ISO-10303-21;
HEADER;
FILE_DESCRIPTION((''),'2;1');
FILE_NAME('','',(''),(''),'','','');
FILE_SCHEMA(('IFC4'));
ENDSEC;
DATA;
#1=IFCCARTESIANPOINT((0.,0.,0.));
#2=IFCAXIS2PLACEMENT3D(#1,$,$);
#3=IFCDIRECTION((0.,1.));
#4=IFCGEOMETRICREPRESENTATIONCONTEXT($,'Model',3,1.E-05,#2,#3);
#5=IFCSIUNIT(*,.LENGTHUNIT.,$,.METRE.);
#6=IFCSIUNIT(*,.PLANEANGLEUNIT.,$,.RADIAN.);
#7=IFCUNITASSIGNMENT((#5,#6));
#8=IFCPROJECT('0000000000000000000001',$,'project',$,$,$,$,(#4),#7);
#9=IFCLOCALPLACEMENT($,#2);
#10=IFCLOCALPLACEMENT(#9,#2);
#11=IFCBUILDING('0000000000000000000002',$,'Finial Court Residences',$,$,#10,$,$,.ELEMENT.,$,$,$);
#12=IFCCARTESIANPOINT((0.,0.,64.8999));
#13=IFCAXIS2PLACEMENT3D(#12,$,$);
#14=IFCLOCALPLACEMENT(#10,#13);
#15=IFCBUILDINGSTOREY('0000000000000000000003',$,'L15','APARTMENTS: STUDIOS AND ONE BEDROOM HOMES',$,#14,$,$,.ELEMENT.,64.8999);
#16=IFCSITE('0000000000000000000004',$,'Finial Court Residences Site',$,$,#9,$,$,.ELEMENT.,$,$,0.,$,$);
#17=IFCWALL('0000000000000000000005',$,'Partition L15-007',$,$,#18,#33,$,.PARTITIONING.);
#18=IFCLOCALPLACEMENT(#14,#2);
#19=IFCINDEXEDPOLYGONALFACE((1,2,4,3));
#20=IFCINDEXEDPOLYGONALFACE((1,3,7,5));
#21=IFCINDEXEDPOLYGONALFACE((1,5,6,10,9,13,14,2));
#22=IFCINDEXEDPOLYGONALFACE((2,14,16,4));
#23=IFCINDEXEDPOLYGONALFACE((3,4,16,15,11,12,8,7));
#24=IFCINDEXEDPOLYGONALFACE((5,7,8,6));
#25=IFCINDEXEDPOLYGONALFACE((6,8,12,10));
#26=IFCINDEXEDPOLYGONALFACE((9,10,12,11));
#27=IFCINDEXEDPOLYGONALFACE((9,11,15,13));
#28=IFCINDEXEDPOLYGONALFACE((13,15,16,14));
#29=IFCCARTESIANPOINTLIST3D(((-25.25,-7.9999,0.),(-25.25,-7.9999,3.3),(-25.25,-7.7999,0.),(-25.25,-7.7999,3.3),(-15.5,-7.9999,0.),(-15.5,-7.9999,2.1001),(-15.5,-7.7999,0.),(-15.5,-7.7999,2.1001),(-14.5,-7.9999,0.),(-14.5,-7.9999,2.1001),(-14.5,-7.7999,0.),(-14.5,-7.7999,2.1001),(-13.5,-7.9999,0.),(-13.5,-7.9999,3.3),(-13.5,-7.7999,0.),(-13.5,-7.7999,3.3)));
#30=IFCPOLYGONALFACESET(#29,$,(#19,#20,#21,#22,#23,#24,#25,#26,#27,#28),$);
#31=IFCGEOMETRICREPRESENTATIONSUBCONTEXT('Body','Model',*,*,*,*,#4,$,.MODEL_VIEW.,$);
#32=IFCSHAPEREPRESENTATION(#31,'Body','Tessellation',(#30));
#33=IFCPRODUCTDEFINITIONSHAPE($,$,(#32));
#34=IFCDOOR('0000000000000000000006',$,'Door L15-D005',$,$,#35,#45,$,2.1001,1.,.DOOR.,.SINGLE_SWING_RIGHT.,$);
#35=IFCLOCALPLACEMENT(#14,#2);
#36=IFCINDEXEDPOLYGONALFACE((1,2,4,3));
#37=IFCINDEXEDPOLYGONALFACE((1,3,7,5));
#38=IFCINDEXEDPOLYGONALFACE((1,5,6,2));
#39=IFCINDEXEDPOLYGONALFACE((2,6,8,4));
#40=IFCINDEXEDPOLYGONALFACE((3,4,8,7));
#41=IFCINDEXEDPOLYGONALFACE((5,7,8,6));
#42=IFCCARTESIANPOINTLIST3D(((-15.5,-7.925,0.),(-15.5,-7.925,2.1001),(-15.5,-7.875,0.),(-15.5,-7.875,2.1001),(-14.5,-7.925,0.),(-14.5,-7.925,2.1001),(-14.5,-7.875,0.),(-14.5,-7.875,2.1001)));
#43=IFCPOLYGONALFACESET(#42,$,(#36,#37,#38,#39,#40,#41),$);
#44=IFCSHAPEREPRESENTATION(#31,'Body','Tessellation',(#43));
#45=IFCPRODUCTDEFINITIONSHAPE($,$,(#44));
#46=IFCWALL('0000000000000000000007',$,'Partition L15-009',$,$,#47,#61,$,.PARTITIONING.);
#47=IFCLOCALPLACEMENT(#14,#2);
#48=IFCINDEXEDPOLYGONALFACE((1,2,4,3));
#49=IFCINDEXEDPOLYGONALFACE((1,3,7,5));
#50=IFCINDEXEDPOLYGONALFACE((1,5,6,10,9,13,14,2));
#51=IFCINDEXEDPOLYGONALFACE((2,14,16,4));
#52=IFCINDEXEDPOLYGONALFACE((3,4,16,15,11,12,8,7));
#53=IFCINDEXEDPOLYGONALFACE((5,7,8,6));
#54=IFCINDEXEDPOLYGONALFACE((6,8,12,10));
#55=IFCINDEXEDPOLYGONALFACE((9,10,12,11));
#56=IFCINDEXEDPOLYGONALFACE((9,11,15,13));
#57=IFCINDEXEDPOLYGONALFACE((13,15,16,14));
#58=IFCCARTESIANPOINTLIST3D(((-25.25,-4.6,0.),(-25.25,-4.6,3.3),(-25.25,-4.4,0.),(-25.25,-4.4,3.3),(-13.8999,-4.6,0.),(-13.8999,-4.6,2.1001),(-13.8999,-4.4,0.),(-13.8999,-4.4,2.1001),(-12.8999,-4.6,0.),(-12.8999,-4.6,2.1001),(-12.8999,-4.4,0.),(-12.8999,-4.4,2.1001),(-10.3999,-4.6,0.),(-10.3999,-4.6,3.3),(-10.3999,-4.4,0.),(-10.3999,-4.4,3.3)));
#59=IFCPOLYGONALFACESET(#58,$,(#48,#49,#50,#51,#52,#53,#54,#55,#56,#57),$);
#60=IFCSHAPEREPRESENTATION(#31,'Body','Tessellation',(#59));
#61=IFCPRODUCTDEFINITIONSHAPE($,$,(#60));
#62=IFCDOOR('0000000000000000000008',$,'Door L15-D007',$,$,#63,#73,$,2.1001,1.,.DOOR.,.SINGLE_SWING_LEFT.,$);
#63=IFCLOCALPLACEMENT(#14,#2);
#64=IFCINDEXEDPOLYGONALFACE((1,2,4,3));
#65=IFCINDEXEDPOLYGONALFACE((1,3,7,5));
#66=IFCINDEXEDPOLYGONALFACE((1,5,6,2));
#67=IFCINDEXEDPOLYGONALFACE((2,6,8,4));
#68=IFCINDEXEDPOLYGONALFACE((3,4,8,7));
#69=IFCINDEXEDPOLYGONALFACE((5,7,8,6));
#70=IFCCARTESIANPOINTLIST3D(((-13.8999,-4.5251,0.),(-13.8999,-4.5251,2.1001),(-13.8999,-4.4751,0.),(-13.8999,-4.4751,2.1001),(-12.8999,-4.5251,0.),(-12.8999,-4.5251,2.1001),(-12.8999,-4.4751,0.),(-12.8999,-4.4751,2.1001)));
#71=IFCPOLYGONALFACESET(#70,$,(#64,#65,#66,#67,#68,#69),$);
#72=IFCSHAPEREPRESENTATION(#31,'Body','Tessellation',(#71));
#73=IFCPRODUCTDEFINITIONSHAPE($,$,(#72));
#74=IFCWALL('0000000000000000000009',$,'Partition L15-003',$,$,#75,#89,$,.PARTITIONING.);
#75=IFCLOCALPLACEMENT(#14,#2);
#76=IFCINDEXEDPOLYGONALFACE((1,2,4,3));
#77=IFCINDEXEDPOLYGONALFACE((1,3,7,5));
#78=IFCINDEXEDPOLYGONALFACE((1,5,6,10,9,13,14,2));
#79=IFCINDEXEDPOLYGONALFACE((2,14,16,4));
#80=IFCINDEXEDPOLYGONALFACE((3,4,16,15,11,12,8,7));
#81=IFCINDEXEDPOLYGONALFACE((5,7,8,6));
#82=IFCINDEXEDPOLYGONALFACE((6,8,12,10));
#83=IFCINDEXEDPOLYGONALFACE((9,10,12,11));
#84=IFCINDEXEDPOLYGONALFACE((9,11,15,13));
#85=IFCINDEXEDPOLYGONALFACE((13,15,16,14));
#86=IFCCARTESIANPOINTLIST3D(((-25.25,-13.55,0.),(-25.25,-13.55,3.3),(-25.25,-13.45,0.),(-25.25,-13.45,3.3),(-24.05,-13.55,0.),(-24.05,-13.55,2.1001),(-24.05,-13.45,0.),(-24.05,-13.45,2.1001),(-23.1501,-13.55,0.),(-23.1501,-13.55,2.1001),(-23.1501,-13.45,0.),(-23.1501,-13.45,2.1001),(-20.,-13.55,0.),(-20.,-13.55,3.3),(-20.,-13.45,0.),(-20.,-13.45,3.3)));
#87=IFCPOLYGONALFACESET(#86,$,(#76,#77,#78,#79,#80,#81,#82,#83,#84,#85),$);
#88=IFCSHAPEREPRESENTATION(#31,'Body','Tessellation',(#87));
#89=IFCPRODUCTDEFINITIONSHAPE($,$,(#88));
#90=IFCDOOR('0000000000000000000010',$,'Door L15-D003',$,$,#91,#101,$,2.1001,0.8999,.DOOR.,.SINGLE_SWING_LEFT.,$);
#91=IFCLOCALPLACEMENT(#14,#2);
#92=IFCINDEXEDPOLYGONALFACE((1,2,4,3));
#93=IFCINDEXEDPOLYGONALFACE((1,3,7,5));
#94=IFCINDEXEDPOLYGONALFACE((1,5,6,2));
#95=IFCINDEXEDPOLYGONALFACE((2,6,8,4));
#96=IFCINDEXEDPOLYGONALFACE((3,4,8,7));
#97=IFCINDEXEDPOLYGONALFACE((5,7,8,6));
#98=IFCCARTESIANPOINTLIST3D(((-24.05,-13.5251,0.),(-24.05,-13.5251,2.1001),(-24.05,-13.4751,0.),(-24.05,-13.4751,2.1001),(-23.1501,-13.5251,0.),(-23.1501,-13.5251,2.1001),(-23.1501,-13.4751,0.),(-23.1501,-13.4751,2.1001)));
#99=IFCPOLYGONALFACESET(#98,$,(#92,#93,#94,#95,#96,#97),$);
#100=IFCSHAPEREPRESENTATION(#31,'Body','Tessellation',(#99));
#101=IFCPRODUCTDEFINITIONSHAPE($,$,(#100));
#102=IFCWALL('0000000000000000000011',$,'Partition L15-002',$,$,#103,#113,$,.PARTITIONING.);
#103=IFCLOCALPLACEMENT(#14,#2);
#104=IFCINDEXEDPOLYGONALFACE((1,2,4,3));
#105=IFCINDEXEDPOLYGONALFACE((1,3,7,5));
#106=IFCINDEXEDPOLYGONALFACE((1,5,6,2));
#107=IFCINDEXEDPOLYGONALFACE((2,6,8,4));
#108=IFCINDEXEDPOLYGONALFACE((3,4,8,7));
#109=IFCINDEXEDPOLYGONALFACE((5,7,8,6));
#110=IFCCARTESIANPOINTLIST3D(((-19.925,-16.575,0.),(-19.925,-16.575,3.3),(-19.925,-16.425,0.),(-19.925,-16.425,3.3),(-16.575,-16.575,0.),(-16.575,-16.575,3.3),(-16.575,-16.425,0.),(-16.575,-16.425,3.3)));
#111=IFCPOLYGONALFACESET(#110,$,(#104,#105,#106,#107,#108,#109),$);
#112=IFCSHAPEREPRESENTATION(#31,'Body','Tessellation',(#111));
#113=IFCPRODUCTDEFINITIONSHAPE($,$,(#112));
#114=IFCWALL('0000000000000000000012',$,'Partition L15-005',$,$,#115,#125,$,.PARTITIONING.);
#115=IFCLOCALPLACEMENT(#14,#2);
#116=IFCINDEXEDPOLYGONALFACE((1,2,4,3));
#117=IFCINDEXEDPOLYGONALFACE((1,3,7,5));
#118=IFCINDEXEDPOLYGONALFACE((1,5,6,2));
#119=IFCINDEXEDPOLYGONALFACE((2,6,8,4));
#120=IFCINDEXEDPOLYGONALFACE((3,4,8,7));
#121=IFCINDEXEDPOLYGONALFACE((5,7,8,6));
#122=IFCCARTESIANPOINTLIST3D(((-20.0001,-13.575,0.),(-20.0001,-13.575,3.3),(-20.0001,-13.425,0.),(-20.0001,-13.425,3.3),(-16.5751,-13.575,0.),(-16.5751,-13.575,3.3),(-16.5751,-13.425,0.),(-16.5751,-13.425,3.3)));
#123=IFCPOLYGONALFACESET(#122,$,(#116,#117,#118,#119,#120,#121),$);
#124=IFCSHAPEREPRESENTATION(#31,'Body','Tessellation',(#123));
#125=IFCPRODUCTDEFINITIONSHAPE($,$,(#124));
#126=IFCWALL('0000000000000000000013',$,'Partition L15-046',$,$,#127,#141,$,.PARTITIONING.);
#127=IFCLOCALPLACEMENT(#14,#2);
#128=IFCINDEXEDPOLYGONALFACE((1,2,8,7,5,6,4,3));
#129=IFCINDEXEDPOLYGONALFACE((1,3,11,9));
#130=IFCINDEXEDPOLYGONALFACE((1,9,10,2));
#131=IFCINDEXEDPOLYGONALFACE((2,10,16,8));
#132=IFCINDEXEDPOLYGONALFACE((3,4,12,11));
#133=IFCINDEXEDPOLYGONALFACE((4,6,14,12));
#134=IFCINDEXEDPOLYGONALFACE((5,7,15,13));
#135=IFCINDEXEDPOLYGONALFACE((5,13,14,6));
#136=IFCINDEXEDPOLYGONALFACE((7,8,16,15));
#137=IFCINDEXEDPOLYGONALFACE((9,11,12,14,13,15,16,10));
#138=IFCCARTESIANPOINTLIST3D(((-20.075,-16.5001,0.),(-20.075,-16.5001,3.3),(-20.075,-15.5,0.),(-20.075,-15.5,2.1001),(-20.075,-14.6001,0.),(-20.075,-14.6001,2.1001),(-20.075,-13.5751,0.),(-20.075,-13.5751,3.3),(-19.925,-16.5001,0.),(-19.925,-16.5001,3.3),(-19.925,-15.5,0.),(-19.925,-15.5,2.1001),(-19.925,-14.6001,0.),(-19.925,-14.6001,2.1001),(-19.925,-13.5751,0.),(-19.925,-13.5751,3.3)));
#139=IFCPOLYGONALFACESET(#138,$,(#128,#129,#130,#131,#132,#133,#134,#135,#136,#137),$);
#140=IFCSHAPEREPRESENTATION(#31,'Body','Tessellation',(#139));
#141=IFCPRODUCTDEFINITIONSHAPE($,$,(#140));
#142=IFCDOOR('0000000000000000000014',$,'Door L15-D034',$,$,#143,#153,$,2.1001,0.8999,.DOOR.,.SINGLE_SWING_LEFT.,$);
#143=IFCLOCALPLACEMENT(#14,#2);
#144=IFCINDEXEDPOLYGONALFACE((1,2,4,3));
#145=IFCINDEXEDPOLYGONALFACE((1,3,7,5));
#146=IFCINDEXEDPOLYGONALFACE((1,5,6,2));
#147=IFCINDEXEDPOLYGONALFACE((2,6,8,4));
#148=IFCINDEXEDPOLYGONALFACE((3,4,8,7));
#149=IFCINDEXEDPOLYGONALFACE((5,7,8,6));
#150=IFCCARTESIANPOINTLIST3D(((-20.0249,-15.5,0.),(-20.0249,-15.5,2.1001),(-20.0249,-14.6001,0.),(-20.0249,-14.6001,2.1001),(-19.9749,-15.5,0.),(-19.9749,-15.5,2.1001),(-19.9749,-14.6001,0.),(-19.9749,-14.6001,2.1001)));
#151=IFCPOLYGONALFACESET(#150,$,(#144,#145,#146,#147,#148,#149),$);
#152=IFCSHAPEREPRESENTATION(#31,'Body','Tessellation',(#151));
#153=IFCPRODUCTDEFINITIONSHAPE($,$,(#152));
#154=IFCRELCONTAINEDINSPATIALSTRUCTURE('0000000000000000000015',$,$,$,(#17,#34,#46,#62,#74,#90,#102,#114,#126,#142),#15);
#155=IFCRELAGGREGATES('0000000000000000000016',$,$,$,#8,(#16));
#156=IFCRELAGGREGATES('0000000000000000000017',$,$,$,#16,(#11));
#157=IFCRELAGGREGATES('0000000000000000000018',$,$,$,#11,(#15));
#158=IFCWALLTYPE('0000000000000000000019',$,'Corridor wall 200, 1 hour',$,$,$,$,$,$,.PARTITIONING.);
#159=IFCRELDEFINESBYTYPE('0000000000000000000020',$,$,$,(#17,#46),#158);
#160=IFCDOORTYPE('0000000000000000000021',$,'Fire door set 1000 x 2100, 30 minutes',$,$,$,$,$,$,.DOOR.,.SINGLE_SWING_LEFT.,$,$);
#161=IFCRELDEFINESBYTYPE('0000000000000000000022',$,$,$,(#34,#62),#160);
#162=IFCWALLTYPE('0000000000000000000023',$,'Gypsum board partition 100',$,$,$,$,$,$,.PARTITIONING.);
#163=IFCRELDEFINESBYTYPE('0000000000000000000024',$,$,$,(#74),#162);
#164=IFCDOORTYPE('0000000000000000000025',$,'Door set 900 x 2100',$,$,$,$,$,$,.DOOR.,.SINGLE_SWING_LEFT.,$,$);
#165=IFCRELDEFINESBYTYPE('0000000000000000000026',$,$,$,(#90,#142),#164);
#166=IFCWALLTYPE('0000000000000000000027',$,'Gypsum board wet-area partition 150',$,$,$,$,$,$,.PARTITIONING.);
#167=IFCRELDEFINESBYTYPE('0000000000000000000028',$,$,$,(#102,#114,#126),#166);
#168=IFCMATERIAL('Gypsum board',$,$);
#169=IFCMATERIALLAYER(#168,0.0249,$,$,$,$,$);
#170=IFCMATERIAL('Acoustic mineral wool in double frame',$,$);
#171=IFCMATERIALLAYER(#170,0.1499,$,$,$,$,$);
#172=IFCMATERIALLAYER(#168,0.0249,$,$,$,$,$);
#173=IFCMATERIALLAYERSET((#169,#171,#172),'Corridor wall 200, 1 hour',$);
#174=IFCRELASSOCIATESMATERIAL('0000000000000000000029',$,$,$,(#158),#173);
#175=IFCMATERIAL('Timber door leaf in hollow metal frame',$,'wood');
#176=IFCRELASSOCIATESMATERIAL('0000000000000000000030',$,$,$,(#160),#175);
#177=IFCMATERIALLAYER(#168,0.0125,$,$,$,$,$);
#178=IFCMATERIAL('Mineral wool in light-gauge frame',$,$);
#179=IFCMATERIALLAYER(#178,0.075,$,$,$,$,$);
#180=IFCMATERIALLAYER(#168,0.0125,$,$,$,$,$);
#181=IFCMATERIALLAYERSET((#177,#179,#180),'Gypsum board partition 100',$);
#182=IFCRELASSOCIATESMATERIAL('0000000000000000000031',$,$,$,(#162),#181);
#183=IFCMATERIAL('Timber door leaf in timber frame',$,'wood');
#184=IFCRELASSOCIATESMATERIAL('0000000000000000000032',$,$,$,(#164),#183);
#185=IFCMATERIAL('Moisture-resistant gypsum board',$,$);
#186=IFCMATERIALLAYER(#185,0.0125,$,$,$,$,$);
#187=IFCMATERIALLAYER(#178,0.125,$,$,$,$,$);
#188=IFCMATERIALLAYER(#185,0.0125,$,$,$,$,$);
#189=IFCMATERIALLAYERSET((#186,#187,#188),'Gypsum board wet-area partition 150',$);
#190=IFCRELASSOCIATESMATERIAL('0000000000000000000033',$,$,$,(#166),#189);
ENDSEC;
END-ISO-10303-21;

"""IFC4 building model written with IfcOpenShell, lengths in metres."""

from ifc_helpers import new_model, si_unit, direction, frame, frame_2d, origin, place, context, subcontext, project, spatial, rectangle, extrude, material, layer, layer_set, type_object, element, fill, save


model = new_model("IFC4")

# Units and contexts
model_context = context("Model", 3, precision=1e-05, world=origin(), true_north=direction((0.0, 1.0)))
body_context = subcontext(model_context, "Body", "Model", "MODEL_VIEW")
ifc_project = project(units=[si_unit("LENGTHUNIT", "METRE"), si_unit("PLANEANGLEUNIT", "RADIAN")], contexts=[model_context])

# Site, building, storey
site_placement = place(None, origin())
site = spatial("IfcSite", under=ifc_project, at=site_placement, Name="Finial Court Residences Site", CompositionType="ELEMENT", RefElevation=0.0)
building_placement = place(site_placement, origin())
building = spatial("IfcBuilding", under=site, at=building_placement, Name="Finial Court Residences", CompositionType="ELEMENT")
storey_placement = place(building_placement, frame((0.0, 0.0, 64.8999)))
storey = spatial("IfcBuildingStorey", under=building, at=storey_placement, Name="L15", Description="APARTMENTS: STUDIOS AND ONE BEDROOM HOMES", CompositionType="ELEMENT", Elevation=64.8999)

# Walls, openings, doors
ifc_material_1 = material(Name="Gypsum board")
ifc_layer_1 = layer(ifc_material_1, 0.0249)
ifc_material_2 = material(Name="Acoustic mineral wool in double frame")
ifc_layer_2 = layer(ifc_material_2, 0.1499)
ifc_layer_3 = layer(ifc_material_1, 0.0249)
ifc_layer_set_1 = layer_set([ifc_layer_1, ifc_layer_2, ifc_layer_3], Name="Corridor wall 200, 1 hour")
wall_type_1 = type_object("IfcWallType", Name="Corridor wall 200, 1 hour", PredefinedType="PARTITIONING", material=ifc_layer_set_1)
wall_1_placement = place(storey_placement, frame((-25.25, -7.8999, 0.0), z_axis=(0.0, 0.0, 1.0), x_axis=(1.0, 0.0, 0.0)))
wall_1 = element("IfcWall", 1, at=wall_1_placement, inside=storey, type_object=wall_type_1, Name="Partition L15-007", PredefinedType="PARTITIONING", context=body_context, shape_type="SweptSolid", body=[
    extrude(rectangle(XDim=11.75, YDim=0.2, at=frame_2d((5.875, 0.0))), origin(), (0.0, 0.0, 1.0), 3.3),
])
opening_1_placement = place(wall_1_placement, frame((9.75, 0.0, 0.0)))
opening_1 = element("IfcOpeningElement", 2, at=opening_1_placement, cuts=wall_1, PredefinedType="OPENING", context=body_context, shape_type="SweptSolid", body=[
    extrude(rectangle(XDim=1.0, YDim=2.1001, at=frame_2d((0.5, 1.05))), frame((0.0, 0.1099, 0.0), z_axis=(0.0, -1.0, 0.0), x_axis=(1.0, 0.0, 0.0)), (0.0, 0.0, 1.0), 0.22),
])
ifc_material_3 = material(Name="Timber door leaf in hollow metal frame", Category="wood")
door_type_1 = type_object("IfcDoorType", Name="Fire door set 1000 x 2100, 30 minutes", OperationType="SINGLE_SWING_LEFT", PredefinedType="DOOR", material=ifc_material_3)
door_1_placement = place(opening_1_placement, origin())
door_1 = element("IfcDoor", 3, at=door_1_placement, inside=storey, type_object=door_type_1, Name="Door L15-D005", OperationType="SINGLE_SWING_RIGHT", OverallHeight=2.1001, OverallWidth=1.0, PredefinedType="DOOR", context=body_context, shape_type="SweptSolid", body=[
    extrude(rectangle(XDim=1.0, YDim=2.1001, at=frame_2d((0.5, 1.05))), frame((0.0, 0.0249, 0.0), z_axis=(0.0, -1.0, 0.0), x_axis=(1.0, 0.0, 0.0)), (0.0, 0.0, 1.0), 0.05),
])
fill(opening_1, door_1)
wall_2_placement = place(storey_placement, frame((-25.25, -4.5, 0.0), z_axis=(0.0, 0.0, 1.0), x_axis=(1.0, 0.0, 0.0)))
wall_2 = element("IfcWall", 4, at=wall_2_placement, inside=storey, type_object=wall_type_1, Name="Partition L15-009", PredefinedType="PARTITIONING", context=body_context, shape_type="SweptSolid", body=[
    extrude(rectangle(XDim=14.8501, YDim=0.2, at=frame_2d((7.425, 0.0))), origin(), (0.0, 0.0, 1.0), 3.3),
])
opening_2_placement = place(wall_2_placement, frame((11.3501, 0.0, 0.0)))
opening_2 = element("IfcOpeningElement", 5, at=opening_2_placement, cuts=wall_2, PredefinedType="OPENING", context=body_context, shape_type="SweptSolid", body=[
    extrude(rectangle(XDim=1.0, YDim=2.1001, at=frame_2d((0.5, 1.05))), frame((0.0, 0.1099, 0.0), z_axis=(0.0, -1.0, 0.0), x_axis=(1.0, 0.0, 0.0)), (0.0, 0.0, 1.0), 0.22),
])
door_2_placement = place(opening_2_placement, origin())
door_2 = element("IfcDoor", 6, at=door_2_placement, inside=storey, type_object=door_type_1, Name="Door L15-D007", OperationType="SINGLE_SWING_LEFT", OverallHeight=2.1001, OverallWidth=1.0, PredefinedType="DOOR", context=body_context, shape_type="SweptSolid", body=[
    extrude(rectangle(XDim=1.0, YDim=2.1001, at=frame_2d((0.5, 1.05))), frame((0.0, 0.0249, 0.0), z_axis=(0.0, -1.0, 0.0), x_axis=(1.0, 0.0, 0.0)), (0.0, 0.0, 1.0), 0.05),
])
fill(opening_2, door_2)
ifc_layer_4 = layer(ifc_material_1, 0.0125)
ifc_material_4 = material(Name="Mineral wool in light-gauge frame")
ifc_layer_5 = layer(ifc_material_4, 0.075)
ifc_layer_6 = layer(ifc_material_1, 0.0125)
ifc_layer_set_2 = layer_set([ifc_layer_4, ifc_layer_5, ifc_layer_6], Name="Gypsum board partition 100")
wall_type_2 = type_object("IfcWallType", Name="Gypsum board partition 100", PredefinedType="PARTITIONING", material=ifc_layer_set_2)
wall_3_placement = place(storey_placement, frame((-25.25, -13.5, 0.0), z_axis=(0.0, 0.0, 1.0), x_axis=(1.0, 0.0, 0.0)))
wall_3 = element("IfcWall", 7, at=wall_3_placement, inside=storey, type_object=wall_type_2, Name="Partition L15-003", PredefinedType="PARTITIONING", context=body_context, shape_type="SweptSolid", body=[
    extrude(rectangle(XDim=5.25, YDim=0.1001, at=frame_2d((2.625, 0.0))), origin(), (0.0, 0.0, 1.0), 3.3),
])
opening_3_placement = place(wall_3_placement, frame((1.2, 0.0, 0.0)))
opening_3 = element("IfcOpeningElement", 8, at=opening_3_placement, cuts=wall_3, PredefinedType="OPENING", context=body_context, shape_type="SweptSolid", body=[
    extrude(rectangle(XDim=0.8999, YDim=2.1001, at=frame_2d((0.45, 1.05))), frame((0.0, 0.0601, 0.0), z_axis=(0.0, -1.0, 0.0), x_axis=(1.0, 0.0, 0.0)), (0.0, 0.0, 1.0), 0.1201),
])
ifc_material_5 = material(Name="Timber door leaf in timber frame", Category="wood")
door_type_2 = type_object("IfcDoorType", Name="Door set 900 x 2100", OperationType="SINGLE_SWING_LEFT", PredefinedType="DOOR", material=ifc_material_5)
door_3_placement = place(opening_3_placement, origin())
door_3 = element("IfcDoor", 9, at=door_3_placement, inside=storey, type_object=door_type_2, Name="Door L15-D003", OperationType="SINGLE_SWING_LEFT", OverallHeight=2.1001, OverallWidth=0.8999, PredefinedType="DOOR", context=body_context, shape_type="SweptSolid", body=[
    extrude(rectangle(XDim=0.8999, YDim=2.1001, at=frame_2d((0.45, 1.05))), frame((0.0, 0.0249, 0.0), z_axis=(0.0, -1.0, 0.0), x_axis=(1.0, 0.0, 0.0)), (0.0, 0.0, 1.0), 0.05),
])
fill(opening_3, door_3)

# Walls
ifc_material_6 = material(Name="Moisture-resistant gypsum board")
ifc_layer_7 = layer(ifc_material_6, 0.0125)
ifc_layer_8 = layer(ifc_material_4, 0.125)
ifc_layer_9 = layer(ifc_material_6, 0.0125)
ifc_layer_set_3 = layer_set([ifc_layer_7, ifc_layer_8, ifc_layer_9], Name="Gypsum board wet-area partition 150")
wall_type_3 = type_object("IfcWallType", Name="Gypsum board wet-area partition 150", PredefinedType="PARTITIONING", material=ifc_layer_set_3)
wall_4_placement = place(storey_placement, frame((-19.925, -16.5, 0.0), z_axis=(0.0, 0.0, 1.0), x_axis=(1.0, 0.0, 0.0)))
element("IfcWall", 10, at=wall_4_placement, inside=storey, type_object=wall_type_3, Name="Partition L15-002", PredefinedType="PARTITIONING", context=body_context, shape_type="SweptSolid", body=[
    extrude(rectangle(XDim=3.3501, YDim=0.1499, at=frame_2d((1.675, 0.0))), origin(), (0.0, 0.0, 1.0), 3.3),
])
wall_5_placement = place(storey_placement, frame((-20.0, -13.5, 0.0), z_axis=(0.0, 0.0, 1.0), x_axis=(1.0, 0.0, 0.0)))
element("IfcWall", 11, at=wall_5_placement, inside=storey, type_object=wall_type_3, Name="Partition L15-005", PredefinedType="PARTITIONING", context=body_context, shape_type="SweptSolid", body=[
    extrude(rectangle(XDim=3.425, YDim=0.1499, at=frame_2d((1.7124, 0.0))), origin(), (0.0, 0.0, 1.0), 3.3),
])

# Wall, opening, door
wall_6_placement = place(storey_placement, frame((-20.0, -16.5, 0.0), z_axis=(0.0, 0.0, 1.0), x_axis=(0.0, 1.0, 0.0)))
wall_6 = element("IfcWall", 12, at=wall_6_placement, inside=storey, type_object=wall_type_3, Name="Partition L15-046", PredefinedType="PARTITIONING", context=body_context, shape_type="SweptSolid", body=[
    extrude(rectangle(XDim=2.925, YDim=0.1499, at=frame_2d((1.4624, 0.0))), origin(), (0.0, 0.0, 1.0), 3.3),
])
opening_4_placement = place(wall_6_placement, frame((1.0, 0.0, 0.0)))
opening_4 = element("IfcOpeningElement", 13, at=opening_4_placement, cuts=wall_6, PredefinedType="OPENING", context=body_context, shape_type="SweptSolid", body=[
    extrude(rectangle(XDim=0.8999, YDim=2.1001, at=frame_2d((0.45, 1.05))), frame((0.0, 0.085, 0.0), z_axis=(0.0, -1.0, 0.0), x_axis=(1.0, 0.0, 0.0)), (0.0, 0.0, 1.0), 0.1699),
])
door_4_placement = place(opening_4_placement, origin())
door_4 = element("IfcDoor", 14, at=door_4_placement, inside=storey, type_object=door_type_2, Name="Door L15-D034", OperationType="SINGLE_SWING_LEFT", OverallHeight=2.1001, OverallWidth=0.8999, PredefinedType="DOOR", context=body_context, shape_type="SweptSolid", body=[
    extrude(rectangle(XDim=0.8999, YDim=2.1001, at=frame_2d((0.45, 1.05))), frame((0.0, 0.0249, 0.0), z_axis=(0.0, -1.0, 0.0), x_axis=(1.0, 0.0, 0.0)), (0.0, 0.0, 1.0), 0.05),
])
fill(opening_4, door_4)

save(model, "model.ifc")
